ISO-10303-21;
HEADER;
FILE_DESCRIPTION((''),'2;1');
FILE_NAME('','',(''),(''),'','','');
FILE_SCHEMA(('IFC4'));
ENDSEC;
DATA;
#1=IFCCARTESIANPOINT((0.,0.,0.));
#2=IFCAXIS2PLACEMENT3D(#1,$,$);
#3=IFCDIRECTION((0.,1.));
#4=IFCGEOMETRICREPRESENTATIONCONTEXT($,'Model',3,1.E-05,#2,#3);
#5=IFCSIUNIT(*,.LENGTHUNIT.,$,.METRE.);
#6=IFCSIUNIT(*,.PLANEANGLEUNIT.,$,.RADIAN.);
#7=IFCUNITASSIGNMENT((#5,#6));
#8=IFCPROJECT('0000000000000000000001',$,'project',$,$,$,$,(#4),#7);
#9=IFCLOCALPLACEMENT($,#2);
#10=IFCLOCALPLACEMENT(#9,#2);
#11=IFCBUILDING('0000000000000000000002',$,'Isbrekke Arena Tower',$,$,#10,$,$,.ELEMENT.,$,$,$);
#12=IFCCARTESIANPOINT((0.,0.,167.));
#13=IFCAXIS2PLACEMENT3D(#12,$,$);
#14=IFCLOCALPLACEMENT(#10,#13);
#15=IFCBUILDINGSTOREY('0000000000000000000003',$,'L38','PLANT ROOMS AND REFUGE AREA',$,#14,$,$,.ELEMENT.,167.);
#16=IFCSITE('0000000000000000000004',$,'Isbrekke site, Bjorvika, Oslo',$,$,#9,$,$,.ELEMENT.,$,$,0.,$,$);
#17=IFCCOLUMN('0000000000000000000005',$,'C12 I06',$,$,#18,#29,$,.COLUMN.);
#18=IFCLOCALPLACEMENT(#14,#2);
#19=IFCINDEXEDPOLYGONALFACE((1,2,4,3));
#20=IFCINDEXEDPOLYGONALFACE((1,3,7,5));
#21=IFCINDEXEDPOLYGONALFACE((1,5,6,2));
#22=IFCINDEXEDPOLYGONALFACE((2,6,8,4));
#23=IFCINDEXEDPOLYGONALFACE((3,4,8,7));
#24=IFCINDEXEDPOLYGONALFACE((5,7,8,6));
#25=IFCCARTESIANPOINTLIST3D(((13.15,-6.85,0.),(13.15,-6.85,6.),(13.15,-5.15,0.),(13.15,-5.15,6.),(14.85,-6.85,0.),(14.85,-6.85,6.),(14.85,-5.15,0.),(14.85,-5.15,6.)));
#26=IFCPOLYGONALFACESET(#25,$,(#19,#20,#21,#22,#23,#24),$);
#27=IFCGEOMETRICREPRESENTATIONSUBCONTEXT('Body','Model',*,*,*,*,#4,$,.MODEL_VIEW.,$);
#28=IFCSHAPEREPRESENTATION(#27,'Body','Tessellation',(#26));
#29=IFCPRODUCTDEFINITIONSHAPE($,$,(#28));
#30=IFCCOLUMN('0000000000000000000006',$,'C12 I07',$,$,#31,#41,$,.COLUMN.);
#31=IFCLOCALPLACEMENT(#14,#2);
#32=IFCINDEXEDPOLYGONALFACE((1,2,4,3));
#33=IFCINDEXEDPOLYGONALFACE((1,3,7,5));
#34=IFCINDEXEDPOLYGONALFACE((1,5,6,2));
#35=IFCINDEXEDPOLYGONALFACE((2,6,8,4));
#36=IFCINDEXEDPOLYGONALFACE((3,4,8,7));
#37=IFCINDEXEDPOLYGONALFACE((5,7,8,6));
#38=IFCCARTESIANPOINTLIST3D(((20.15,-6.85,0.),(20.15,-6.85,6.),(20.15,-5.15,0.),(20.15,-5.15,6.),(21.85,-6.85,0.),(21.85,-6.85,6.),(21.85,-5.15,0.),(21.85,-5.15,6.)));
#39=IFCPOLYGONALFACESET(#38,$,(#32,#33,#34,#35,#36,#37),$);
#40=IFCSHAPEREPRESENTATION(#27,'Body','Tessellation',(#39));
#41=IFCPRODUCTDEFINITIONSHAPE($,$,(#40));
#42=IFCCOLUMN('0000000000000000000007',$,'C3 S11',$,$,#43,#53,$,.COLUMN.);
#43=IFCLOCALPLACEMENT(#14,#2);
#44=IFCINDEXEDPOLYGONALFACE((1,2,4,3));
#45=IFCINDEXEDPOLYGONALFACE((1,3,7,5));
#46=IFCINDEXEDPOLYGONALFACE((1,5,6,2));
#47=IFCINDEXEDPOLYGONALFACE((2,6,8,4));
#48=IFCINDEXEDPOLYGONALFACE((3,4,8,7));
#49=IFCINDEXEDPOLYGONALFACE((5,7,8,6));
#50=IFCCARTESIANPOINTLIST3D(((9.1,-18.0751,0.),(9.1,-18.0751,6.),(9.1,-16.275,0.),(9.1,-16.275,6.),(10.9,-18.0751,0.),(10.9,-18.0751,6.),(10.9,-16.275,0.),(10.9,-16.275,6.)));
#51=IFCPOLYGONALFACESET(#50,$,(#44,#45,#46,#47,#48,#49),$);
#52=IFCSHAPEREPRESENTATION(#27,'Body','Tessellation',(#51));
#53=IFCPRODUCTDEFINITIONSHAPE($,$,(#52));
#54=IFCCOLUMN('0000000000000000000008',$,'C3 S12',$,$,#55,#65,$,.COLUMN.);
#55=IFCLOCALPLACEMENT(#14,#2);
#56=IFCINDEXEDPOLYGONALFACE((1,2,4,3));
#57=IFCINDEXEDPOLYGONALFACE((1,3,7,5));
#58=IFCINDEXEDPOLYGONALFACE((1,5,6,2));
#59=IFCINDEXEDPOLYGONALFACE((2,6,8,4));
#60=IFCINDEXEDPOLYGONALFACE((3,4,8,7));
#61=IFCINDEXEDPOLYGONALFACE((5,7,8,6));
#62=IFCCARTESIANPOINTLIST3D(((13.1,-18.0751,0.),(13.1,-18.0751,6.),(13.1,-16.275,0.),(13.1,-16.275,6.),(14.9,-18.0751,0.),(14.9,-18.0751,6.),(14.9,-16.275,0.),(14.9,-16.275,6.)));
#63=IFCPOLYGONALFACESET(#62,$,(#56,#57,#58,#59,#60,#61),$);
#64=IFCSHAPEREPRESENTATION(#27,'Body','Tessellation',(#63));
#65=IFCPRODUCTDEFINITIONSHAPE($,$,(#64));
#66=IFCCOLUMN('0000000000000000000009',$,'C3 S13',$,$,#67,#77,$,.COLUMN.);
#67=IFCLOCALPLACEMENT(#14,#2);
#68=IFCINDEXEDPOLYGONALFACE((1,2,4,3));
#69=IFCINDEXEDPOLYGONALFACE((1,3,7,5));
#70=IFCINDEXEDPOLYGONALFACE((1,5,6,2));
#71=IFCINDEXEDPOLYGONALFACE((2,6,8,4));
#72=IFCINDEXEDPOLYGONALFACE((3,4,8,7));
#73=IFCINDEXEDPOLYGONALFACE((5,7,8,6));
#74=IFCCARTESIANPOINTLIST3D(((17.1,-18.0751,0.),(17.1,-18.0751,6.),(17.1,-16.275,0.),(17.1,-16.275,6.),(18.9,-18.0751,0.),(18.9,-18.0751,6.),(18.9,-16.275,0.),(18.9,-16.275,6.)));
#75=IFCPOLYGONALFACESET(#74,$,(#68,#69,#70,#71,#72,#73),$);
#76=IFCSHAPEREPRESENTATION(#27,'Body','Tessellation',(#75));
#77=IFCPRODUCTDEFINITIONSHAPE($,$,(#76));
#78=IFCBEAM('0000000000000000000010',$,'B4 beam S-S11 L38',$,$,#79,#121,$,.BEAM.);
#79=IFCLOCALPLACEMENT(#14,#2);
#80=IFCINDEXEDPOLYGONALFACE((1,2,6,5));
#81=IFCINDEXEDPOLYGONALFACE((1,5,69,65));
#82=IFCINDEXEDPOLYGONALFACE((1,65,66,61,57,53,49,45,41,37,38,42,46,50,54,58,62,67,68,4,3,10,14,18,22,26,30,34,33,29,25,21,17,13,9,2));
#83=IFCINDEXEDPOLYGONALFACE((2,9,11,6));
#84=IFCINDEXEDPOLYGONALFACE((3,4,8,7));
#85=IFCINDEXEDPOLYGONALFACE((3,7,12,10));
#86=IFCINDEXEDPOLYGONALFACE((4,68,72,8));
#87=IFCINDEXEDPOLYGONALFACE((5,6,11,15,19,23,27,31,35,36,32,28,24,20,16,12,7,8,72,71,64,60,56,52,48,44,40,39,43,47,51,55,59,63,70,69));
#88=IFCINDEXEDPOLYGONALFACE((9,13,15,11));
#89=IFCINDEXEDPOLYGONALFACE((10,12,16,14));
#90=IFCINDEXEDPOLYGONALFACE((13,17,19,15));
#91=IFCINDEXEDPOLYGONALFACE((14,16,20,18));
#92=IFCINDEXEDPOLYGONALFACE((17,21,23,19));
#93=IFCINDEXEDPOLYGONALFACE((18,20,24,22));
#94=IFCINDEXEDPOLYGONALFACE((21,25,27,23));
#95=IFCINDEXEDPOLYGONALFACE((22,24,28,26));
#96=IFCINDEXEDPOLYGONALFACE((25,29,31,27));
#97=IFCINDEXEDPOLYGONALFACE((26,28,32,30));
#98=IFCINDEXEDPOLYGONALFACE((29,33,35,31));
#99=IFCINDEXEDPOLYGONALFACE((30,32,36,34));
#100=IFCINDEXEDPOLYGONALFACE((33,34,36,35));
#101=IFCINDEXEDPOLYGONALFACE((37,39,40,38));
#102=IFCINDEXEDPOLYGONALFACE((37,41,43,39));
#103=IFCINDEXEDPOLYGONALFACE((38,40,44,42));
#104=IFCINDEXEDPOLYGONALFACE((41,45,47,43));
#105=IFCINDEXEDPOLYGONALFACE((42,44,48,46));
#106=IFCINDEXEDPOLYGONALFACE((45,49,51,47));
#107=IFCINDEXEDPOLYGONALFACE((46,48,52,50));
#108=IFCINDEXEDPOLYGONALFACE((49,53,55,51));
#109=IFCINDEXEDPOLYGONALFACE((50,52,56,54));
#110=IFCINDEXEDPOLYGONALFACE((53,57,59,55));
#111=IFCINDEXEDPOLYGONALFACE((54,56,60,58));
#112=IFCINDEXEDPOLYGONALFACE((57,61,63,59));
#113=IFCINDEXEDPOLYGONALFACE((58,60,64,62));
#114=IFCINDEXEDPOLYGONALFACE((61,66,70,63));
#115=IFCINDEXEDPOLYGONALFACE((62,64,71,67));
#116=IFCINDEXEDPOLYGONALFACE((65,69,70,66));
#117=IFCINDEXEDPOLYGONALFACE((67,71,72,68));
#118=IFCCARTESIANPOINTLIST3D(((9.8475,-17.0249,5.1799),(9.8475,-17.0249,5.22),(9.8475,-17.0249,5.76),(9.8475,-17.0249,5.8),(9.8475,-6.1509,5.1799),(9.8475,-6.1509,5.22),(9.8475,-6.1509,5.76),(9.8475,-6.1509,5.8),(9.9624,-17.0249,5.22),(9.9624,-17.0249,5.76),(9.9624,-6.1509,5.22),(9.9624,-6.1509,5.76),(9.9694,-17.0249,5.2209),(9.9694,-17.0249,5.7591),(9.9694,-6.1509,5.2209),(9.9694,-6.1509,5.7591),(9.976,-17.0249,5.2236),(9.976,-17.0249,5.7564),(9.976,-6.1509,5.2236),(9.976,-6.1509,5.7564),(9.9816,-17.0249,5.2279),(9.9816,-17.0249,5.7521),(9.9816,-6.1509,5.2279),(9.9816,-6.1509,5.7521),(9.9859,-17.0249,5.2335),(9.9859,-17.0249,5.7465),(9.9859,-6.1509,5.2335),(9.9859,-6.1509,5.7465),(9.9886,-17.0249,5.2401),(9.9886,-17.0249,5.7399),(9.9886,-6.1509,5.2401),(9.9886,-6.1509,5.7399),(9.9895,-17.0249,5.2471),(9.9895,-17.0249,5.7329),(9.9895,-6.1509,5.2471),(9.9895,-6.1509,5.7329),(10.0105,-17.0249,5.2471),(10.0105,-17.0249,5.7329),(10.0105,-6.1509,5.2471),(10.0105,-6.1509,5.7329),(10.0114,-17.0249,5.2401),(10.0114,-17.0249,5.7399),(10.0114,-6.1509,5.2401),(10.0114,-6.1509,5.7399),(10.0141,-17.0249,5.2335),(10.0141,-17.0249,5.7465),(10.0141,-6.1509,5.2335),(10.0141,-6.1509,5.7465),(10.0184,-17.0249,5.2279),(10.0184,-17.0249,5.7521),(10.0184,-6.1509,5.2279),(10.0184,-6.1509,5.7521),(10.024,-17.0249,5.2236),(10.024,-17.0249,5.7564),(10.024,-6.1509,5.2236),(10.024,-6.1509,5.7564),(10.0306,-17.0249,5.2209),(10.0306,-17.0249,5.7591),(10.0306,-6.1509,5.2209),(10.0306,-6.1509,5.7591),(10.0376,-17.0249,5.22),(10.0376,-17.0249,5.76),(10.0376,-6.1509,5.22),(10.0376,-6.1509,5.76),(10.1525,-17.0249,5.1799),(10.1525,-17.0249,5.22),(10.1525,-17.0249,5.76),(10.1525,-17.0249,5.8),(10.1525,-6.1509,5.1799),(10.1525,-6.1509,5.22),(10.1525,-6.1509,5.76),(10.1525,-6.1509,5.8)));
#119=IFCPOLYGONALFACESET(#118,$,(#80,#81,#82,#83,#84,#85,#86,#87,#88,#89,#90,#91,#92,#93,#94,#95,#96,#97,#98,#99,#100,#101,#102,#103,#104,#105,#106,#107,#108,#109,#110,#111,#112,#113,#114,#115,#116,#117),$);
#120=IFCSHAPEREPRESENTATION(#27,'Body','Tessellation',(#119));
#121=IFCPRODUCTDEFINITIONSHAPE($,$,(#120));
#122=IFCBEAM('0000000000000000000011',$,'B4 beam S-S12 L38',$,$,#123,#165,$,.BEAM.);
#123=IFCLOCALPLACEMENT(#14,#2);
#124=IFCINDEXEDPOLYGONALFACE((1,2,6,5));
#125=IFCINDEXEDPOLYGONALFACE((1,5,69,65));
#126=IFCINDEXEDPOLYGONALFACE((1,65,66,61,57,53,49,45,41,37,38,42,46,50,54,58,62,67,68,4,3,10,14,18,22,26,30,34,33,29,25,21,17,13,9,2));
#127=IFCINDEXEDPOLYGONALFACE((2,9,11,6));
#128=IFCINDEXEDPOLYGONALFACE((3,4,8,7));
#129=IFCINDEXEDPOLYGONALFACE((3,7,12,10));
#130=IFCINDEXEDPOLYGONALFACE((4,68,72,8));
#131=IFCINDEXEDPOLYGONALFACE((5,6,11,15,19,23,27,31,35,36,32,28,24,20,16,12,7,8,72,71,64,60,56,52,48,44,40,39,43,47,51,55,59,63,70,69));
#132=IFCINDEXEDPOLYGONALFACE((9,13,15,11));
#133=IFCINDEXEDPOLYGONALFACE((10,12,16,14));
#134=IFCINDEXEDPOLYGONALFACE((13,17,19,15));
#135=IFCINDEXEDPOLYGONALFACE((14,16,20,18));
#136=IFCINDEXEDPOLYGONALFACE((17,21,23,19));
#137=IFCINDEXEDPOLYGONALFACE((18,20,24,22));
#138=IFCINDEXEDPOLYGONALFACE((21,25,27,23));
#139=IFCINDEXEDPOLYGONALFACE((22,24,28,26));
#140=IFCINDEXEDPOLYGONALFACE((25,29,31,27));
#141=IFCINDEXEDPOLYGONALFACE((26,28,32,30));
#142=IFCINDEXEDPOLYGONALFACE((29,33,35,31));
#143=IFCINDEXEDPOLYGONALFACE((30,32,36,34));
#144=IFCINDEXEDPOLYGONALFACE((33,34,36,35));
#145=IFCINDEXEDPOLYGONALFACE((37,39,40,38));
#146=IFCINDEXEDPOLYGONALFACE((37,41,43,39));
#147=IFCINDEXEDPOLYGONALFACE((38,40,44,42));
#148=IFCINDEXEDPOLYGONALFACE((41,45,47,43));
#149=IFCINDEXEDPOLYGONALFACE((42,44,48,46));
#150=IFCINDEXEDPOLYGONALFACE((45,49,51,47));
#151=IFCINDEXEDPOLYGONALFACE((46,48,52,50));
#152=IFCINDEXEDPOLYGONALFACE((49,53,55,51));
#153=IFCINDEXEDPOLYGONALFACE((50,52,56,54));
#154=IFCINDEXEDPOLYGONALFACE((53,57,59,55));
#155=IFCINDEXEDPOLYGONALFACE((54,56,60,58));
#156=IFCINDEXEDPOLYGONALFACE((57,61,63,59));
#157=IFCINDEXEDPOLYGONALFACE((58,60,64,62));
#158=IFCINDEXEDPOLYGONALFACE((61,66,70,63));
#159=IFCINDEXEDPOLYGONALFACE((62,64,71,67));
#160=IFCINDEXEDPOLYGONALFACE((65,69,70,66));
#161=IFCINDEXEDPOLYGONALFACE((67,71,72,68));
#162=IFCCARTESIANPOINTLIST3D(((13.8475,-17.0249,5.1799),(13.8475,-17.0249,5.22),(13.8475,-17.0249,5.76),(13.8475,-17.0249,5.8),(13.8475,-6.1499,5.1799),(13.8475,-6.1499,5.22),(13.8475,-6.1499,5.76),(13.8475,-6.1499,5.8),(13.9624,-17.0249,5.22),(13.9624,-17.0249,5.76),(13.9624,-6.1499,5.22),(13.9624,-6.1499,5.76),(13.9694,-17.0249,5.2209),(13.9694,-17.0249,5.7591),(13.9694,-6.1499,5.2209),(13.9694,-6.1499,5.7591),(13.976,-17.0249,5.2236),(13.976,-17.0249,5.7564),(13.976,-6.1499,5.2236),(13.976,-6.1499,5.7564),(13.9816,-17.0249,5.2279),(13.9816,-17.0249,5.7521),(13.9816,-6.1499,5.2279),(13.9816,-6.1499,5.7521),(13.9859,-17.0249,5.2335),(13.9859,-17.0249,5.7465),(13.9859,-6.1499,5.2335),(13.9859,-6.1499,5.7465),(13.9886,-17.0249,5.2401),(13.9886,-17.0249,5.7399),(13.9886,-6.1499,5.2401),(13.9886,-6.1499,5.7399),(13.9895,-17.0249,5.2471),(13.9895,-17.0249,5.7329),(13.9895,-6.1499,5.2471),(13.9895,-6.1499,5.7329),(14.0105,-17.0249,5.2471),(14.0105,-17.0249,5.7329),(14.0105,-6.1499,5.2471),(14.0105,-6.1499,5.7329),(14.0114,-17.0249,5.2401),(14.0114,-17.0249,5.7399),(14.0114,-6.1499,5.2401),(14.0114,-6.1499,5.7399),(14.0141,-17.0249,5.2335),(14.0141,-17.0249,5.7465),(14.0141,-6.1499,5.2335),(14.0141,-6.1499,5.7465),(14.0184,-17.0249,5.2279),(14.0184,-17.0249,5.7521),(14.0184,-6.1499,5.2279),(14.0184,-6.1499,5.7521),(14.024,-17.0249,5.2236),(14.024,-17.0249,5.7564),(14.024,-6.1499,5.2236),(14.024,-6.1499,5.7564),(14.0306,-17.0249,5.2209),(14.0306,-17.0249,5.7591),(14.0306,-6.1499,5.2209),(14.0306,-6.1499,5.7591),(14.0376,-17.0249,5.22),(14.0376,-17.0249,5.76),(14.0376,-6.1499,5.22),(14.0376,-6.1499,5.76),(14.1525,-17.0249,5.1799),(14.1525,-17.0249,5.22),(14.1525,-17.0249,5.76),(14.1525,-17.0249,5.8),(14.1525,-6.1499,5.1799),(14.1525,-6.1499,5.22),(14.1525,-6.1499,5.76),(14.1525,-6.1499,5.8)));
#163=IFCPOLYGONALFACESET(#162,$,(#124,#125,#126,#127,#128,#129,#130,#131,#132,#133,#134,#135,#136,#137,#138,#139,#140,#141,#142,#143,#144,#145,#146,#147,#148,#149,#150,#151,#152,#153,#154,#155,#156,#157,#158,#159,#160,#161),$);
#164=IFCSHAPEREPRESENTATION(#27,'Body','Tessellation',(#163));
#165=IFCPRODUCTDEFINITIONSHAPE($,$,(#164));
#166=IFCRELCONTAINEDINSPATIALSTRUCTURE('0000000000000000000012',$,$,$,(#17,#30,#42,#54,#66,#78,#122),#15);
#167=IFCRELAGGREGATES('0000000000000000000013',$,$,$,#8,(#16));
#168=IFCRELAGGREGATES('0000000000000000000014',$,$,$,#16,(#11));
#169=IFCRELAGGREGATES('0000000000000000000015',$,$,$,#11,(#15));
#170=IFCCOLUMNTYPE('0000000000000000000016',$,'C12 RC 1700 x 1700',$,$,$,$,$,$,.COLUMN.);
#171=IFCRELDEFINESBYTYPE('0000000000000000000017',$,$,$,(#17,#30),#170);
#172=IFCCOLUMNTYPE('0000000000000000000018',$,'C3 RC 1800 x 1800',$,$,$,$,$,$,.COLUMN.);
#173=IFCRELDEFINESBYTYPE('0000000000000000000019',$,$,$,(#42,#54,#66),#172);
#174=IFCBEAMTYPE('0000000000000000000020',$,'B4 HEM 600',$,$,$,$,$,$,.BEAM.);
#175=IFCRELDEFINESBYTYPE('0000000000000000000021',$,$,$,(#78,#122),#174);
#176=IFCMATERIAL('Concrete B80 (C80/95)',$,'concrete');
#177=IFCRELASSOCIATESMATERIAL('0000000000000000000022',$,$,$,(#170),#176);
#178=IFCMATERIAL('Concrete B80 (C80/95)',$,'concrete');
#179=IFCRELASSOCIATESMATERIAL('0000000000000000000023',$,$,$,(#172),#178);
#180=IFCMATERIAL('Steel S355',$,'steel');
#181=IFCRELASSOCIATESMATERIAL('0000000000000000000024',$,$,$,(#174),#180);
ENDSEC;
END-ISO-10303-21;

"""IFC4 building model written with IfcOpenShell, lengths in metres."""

from ifc_helpers import new_model, si_unit, direction, frame, origin, origin_2d, place, context, subcontext, project, spatial, rectangle, i_section, extrude, material, material_profile, profile_set, type_object, element, save


model = new_model("IFC4")

# Units and contexts
model_context = context("Model", 3, precision=1e-05, world=origin(), true_north=direction((0.0, 1.0)))
body_context = subcontext(model_context, "Body", "Model", "MODEL_VIEW")
ifc_project = project(units=[si_unit("LENGTHUNIT", "METRE"), si_unit("PLANEANGLEUNIT", "RADIAN")], contexts=[model_context])

# Site, building, storey
site_placement = place(None, origin())
site = spatial("IfcSite", under=ifc_project, at=site_placement, Name="Isbrekke site, Bjorvika, Oslo", CompositionType="ELEMENT", RefElevation=0.0)
building_placement = place(site_placement, origin())
building = spatial("IfcBuilding", under=site, at=building_placement, Name="Isbrekke Arena Tower", CompositionType="ELEMENT")
storey_placement = place(building_placement, frame((0.0, 0.0, 167.0)))
storey = spatial("IfcBuildingStorey", under=building, at=storey_placement, Name="L38", Description="PLANT ROOMS AND REFUGE AREA", CompositionType="ELEMENT", Elevation=167.0)

# Columns
ifc_material_1 = material(Name="Concrete B80 (C80/95)", Category="concrete")
ifc_material_profile_1 = material_profile(ifc_material_1, rectangle(XDim=1.7, YDim=1.7, at=origin_2d()), Name="RC 1700x1700")
ifc_profile_set_1 = profile_set([ifc_material_profile_1], Name="Concrete B80 (C80/95)")
column_type_1 = type_object("IfcColumnType", Name="C12 RC 1700 x 1700", PredefinedType="COLUMN", material=ifc_profile_set_1)
for number, where, z_axis, x_axis, name in (
    (1, (14.0, -6.0, 0.0), (0.0, 0.0, 1.0), (1.0, 0.0, 0.0), "C12 I06"),
    (2, (21.0, -6.0, 0.0), (0.0, 0.0, 1.0), (1.0, 0.0, 0.0), "C12 I07"),
):
    element("IfcColumn", number, at=place(storey_placement, frame(where, z_axis=z_axis, x_axis=x_axis)), inside=storey, type_object=column_type_1, Name=name, PredefinedType="COLUMN", context=body_context, shape_type="SweptSolid", body=[
        extrude(rectangle(XDim=1.7, YDim=1.7, at=origin_2d()), origin(), (0.0, 0.0, 1.0), 6.0),
    ])
ifc_material_2 = material(Name="Concrete B80 (C80/95)", Category="concrete")
ifc_material_profile_2 = material_profile(ifc_material_2, rectangle(XDim=1.8, YDim=1.8, at=origin_2d()), Name="RC 1800x1800")
ifc_profile_set_2 = profile_set([ifc_material_profile_2], Name="Concrete B80 (C80/95)")
column_type_2 = type_object("IfcColumnType", Name="C3 RC 1800 x 1800", PredefinedType="COLUMN", material=ifc_profile_set_2)
for number, where, z_axis, x_axis, name in (
    (3, (10.0, -17.175, 0.0), (0.0, 0.0, 1.0), (1.0, 0.0, 0.0), "C3 S11"),
    (4, (14.0, -17.175, 0.0), (0.0, 0.0, 1.0), (1.0, 0.0, 0.0), "C3 S12"),
    (5, (18.0, -17.175, 0.0), (0.0, 0.0, 1.0), (1.0, 0.0, 0.0), "C3 S13"),
):
    element("IfcColumn", number, at=place(storey_placement, frame(where, z_axis=z_axis, x_axis=x_axis)), inside=storey, type_object=column_type_2, Name=name, PredefinedType="COLUMN", context=body_context, shape_type="SweptSolid", body=[
        extrude(rectangle(XDim=1.8, YDim=1.8, at=origin_2d()), origin(), (0.0, 0.0, 1.0), 6.0),
    ])

# Beams
ifc_material_3 = material(Name="Steel S355", Category="steel")
ifc_material_profile_3 = material_profile(ifc_material_3, i_section(OverallWidth=0.3049, OverallDepth=0.6201, WebThickness=0.021, FlangeThickness=0.04, FilletRadius=0.0271, at=origin_2d()), Name="HEM 600")
ifc_profile_set_3 = profile_set([ifc_material_profile_3], Name="Steel S355")
beam_type_1 = type_object("IfcBeamType", Name="B4 HEM 600", PredefinedType="BEAM", material=ifc_profile_set_3)
beam_1_placement = place(storey_placement, frame((10.0, -17.0249, 5.49), z_axis=(0.0, 1.0, 0.0), x_axis=(-1.0, 0.0, 0.0)))
element("IfcBeam", 6, at=beam_1_placement, inside=storey, type_object=beam_type_1, Name="B4 beam S-S11 L38", PredefinedType="BEAM", context=body_context, shape_type="SweptSolid", body=[
    extrude(i_section(OverallWidth=0.3049, OverallDepth=0.6201, WebThickness=0.021, FlangeThickness=0.04, FilletRadius=0.0271, at=origin_2d()), origin(), (0.0, 0.0, 1.0), 10.874),
])
beam_2_placement = place(storey_placement, frame((14.0, -17.0249, 5.49), z_axis=(0.0, 1.0, 0.0), x_axis=(-1.0, 0.0, 0.0)))
element("IfcBeam", 7, at=beam_2_placement, inside=storey, type_object=beam_type_1, Name="B4 beam S-S12 L38", PredefinedType="BEAM", context=body_context, shape_type="SweptSolid", body=[
    extrude(i_section(OverallWidth=0.3049, OverallDepth=0.6201, WebThickness=0.021, FlangeThickness=0.04, FilletRadius=0.0271, at=origin_2d()), origin(), (0.0, 0.0, 1.0), 10.875),
])

save(model, "model.ifc")
